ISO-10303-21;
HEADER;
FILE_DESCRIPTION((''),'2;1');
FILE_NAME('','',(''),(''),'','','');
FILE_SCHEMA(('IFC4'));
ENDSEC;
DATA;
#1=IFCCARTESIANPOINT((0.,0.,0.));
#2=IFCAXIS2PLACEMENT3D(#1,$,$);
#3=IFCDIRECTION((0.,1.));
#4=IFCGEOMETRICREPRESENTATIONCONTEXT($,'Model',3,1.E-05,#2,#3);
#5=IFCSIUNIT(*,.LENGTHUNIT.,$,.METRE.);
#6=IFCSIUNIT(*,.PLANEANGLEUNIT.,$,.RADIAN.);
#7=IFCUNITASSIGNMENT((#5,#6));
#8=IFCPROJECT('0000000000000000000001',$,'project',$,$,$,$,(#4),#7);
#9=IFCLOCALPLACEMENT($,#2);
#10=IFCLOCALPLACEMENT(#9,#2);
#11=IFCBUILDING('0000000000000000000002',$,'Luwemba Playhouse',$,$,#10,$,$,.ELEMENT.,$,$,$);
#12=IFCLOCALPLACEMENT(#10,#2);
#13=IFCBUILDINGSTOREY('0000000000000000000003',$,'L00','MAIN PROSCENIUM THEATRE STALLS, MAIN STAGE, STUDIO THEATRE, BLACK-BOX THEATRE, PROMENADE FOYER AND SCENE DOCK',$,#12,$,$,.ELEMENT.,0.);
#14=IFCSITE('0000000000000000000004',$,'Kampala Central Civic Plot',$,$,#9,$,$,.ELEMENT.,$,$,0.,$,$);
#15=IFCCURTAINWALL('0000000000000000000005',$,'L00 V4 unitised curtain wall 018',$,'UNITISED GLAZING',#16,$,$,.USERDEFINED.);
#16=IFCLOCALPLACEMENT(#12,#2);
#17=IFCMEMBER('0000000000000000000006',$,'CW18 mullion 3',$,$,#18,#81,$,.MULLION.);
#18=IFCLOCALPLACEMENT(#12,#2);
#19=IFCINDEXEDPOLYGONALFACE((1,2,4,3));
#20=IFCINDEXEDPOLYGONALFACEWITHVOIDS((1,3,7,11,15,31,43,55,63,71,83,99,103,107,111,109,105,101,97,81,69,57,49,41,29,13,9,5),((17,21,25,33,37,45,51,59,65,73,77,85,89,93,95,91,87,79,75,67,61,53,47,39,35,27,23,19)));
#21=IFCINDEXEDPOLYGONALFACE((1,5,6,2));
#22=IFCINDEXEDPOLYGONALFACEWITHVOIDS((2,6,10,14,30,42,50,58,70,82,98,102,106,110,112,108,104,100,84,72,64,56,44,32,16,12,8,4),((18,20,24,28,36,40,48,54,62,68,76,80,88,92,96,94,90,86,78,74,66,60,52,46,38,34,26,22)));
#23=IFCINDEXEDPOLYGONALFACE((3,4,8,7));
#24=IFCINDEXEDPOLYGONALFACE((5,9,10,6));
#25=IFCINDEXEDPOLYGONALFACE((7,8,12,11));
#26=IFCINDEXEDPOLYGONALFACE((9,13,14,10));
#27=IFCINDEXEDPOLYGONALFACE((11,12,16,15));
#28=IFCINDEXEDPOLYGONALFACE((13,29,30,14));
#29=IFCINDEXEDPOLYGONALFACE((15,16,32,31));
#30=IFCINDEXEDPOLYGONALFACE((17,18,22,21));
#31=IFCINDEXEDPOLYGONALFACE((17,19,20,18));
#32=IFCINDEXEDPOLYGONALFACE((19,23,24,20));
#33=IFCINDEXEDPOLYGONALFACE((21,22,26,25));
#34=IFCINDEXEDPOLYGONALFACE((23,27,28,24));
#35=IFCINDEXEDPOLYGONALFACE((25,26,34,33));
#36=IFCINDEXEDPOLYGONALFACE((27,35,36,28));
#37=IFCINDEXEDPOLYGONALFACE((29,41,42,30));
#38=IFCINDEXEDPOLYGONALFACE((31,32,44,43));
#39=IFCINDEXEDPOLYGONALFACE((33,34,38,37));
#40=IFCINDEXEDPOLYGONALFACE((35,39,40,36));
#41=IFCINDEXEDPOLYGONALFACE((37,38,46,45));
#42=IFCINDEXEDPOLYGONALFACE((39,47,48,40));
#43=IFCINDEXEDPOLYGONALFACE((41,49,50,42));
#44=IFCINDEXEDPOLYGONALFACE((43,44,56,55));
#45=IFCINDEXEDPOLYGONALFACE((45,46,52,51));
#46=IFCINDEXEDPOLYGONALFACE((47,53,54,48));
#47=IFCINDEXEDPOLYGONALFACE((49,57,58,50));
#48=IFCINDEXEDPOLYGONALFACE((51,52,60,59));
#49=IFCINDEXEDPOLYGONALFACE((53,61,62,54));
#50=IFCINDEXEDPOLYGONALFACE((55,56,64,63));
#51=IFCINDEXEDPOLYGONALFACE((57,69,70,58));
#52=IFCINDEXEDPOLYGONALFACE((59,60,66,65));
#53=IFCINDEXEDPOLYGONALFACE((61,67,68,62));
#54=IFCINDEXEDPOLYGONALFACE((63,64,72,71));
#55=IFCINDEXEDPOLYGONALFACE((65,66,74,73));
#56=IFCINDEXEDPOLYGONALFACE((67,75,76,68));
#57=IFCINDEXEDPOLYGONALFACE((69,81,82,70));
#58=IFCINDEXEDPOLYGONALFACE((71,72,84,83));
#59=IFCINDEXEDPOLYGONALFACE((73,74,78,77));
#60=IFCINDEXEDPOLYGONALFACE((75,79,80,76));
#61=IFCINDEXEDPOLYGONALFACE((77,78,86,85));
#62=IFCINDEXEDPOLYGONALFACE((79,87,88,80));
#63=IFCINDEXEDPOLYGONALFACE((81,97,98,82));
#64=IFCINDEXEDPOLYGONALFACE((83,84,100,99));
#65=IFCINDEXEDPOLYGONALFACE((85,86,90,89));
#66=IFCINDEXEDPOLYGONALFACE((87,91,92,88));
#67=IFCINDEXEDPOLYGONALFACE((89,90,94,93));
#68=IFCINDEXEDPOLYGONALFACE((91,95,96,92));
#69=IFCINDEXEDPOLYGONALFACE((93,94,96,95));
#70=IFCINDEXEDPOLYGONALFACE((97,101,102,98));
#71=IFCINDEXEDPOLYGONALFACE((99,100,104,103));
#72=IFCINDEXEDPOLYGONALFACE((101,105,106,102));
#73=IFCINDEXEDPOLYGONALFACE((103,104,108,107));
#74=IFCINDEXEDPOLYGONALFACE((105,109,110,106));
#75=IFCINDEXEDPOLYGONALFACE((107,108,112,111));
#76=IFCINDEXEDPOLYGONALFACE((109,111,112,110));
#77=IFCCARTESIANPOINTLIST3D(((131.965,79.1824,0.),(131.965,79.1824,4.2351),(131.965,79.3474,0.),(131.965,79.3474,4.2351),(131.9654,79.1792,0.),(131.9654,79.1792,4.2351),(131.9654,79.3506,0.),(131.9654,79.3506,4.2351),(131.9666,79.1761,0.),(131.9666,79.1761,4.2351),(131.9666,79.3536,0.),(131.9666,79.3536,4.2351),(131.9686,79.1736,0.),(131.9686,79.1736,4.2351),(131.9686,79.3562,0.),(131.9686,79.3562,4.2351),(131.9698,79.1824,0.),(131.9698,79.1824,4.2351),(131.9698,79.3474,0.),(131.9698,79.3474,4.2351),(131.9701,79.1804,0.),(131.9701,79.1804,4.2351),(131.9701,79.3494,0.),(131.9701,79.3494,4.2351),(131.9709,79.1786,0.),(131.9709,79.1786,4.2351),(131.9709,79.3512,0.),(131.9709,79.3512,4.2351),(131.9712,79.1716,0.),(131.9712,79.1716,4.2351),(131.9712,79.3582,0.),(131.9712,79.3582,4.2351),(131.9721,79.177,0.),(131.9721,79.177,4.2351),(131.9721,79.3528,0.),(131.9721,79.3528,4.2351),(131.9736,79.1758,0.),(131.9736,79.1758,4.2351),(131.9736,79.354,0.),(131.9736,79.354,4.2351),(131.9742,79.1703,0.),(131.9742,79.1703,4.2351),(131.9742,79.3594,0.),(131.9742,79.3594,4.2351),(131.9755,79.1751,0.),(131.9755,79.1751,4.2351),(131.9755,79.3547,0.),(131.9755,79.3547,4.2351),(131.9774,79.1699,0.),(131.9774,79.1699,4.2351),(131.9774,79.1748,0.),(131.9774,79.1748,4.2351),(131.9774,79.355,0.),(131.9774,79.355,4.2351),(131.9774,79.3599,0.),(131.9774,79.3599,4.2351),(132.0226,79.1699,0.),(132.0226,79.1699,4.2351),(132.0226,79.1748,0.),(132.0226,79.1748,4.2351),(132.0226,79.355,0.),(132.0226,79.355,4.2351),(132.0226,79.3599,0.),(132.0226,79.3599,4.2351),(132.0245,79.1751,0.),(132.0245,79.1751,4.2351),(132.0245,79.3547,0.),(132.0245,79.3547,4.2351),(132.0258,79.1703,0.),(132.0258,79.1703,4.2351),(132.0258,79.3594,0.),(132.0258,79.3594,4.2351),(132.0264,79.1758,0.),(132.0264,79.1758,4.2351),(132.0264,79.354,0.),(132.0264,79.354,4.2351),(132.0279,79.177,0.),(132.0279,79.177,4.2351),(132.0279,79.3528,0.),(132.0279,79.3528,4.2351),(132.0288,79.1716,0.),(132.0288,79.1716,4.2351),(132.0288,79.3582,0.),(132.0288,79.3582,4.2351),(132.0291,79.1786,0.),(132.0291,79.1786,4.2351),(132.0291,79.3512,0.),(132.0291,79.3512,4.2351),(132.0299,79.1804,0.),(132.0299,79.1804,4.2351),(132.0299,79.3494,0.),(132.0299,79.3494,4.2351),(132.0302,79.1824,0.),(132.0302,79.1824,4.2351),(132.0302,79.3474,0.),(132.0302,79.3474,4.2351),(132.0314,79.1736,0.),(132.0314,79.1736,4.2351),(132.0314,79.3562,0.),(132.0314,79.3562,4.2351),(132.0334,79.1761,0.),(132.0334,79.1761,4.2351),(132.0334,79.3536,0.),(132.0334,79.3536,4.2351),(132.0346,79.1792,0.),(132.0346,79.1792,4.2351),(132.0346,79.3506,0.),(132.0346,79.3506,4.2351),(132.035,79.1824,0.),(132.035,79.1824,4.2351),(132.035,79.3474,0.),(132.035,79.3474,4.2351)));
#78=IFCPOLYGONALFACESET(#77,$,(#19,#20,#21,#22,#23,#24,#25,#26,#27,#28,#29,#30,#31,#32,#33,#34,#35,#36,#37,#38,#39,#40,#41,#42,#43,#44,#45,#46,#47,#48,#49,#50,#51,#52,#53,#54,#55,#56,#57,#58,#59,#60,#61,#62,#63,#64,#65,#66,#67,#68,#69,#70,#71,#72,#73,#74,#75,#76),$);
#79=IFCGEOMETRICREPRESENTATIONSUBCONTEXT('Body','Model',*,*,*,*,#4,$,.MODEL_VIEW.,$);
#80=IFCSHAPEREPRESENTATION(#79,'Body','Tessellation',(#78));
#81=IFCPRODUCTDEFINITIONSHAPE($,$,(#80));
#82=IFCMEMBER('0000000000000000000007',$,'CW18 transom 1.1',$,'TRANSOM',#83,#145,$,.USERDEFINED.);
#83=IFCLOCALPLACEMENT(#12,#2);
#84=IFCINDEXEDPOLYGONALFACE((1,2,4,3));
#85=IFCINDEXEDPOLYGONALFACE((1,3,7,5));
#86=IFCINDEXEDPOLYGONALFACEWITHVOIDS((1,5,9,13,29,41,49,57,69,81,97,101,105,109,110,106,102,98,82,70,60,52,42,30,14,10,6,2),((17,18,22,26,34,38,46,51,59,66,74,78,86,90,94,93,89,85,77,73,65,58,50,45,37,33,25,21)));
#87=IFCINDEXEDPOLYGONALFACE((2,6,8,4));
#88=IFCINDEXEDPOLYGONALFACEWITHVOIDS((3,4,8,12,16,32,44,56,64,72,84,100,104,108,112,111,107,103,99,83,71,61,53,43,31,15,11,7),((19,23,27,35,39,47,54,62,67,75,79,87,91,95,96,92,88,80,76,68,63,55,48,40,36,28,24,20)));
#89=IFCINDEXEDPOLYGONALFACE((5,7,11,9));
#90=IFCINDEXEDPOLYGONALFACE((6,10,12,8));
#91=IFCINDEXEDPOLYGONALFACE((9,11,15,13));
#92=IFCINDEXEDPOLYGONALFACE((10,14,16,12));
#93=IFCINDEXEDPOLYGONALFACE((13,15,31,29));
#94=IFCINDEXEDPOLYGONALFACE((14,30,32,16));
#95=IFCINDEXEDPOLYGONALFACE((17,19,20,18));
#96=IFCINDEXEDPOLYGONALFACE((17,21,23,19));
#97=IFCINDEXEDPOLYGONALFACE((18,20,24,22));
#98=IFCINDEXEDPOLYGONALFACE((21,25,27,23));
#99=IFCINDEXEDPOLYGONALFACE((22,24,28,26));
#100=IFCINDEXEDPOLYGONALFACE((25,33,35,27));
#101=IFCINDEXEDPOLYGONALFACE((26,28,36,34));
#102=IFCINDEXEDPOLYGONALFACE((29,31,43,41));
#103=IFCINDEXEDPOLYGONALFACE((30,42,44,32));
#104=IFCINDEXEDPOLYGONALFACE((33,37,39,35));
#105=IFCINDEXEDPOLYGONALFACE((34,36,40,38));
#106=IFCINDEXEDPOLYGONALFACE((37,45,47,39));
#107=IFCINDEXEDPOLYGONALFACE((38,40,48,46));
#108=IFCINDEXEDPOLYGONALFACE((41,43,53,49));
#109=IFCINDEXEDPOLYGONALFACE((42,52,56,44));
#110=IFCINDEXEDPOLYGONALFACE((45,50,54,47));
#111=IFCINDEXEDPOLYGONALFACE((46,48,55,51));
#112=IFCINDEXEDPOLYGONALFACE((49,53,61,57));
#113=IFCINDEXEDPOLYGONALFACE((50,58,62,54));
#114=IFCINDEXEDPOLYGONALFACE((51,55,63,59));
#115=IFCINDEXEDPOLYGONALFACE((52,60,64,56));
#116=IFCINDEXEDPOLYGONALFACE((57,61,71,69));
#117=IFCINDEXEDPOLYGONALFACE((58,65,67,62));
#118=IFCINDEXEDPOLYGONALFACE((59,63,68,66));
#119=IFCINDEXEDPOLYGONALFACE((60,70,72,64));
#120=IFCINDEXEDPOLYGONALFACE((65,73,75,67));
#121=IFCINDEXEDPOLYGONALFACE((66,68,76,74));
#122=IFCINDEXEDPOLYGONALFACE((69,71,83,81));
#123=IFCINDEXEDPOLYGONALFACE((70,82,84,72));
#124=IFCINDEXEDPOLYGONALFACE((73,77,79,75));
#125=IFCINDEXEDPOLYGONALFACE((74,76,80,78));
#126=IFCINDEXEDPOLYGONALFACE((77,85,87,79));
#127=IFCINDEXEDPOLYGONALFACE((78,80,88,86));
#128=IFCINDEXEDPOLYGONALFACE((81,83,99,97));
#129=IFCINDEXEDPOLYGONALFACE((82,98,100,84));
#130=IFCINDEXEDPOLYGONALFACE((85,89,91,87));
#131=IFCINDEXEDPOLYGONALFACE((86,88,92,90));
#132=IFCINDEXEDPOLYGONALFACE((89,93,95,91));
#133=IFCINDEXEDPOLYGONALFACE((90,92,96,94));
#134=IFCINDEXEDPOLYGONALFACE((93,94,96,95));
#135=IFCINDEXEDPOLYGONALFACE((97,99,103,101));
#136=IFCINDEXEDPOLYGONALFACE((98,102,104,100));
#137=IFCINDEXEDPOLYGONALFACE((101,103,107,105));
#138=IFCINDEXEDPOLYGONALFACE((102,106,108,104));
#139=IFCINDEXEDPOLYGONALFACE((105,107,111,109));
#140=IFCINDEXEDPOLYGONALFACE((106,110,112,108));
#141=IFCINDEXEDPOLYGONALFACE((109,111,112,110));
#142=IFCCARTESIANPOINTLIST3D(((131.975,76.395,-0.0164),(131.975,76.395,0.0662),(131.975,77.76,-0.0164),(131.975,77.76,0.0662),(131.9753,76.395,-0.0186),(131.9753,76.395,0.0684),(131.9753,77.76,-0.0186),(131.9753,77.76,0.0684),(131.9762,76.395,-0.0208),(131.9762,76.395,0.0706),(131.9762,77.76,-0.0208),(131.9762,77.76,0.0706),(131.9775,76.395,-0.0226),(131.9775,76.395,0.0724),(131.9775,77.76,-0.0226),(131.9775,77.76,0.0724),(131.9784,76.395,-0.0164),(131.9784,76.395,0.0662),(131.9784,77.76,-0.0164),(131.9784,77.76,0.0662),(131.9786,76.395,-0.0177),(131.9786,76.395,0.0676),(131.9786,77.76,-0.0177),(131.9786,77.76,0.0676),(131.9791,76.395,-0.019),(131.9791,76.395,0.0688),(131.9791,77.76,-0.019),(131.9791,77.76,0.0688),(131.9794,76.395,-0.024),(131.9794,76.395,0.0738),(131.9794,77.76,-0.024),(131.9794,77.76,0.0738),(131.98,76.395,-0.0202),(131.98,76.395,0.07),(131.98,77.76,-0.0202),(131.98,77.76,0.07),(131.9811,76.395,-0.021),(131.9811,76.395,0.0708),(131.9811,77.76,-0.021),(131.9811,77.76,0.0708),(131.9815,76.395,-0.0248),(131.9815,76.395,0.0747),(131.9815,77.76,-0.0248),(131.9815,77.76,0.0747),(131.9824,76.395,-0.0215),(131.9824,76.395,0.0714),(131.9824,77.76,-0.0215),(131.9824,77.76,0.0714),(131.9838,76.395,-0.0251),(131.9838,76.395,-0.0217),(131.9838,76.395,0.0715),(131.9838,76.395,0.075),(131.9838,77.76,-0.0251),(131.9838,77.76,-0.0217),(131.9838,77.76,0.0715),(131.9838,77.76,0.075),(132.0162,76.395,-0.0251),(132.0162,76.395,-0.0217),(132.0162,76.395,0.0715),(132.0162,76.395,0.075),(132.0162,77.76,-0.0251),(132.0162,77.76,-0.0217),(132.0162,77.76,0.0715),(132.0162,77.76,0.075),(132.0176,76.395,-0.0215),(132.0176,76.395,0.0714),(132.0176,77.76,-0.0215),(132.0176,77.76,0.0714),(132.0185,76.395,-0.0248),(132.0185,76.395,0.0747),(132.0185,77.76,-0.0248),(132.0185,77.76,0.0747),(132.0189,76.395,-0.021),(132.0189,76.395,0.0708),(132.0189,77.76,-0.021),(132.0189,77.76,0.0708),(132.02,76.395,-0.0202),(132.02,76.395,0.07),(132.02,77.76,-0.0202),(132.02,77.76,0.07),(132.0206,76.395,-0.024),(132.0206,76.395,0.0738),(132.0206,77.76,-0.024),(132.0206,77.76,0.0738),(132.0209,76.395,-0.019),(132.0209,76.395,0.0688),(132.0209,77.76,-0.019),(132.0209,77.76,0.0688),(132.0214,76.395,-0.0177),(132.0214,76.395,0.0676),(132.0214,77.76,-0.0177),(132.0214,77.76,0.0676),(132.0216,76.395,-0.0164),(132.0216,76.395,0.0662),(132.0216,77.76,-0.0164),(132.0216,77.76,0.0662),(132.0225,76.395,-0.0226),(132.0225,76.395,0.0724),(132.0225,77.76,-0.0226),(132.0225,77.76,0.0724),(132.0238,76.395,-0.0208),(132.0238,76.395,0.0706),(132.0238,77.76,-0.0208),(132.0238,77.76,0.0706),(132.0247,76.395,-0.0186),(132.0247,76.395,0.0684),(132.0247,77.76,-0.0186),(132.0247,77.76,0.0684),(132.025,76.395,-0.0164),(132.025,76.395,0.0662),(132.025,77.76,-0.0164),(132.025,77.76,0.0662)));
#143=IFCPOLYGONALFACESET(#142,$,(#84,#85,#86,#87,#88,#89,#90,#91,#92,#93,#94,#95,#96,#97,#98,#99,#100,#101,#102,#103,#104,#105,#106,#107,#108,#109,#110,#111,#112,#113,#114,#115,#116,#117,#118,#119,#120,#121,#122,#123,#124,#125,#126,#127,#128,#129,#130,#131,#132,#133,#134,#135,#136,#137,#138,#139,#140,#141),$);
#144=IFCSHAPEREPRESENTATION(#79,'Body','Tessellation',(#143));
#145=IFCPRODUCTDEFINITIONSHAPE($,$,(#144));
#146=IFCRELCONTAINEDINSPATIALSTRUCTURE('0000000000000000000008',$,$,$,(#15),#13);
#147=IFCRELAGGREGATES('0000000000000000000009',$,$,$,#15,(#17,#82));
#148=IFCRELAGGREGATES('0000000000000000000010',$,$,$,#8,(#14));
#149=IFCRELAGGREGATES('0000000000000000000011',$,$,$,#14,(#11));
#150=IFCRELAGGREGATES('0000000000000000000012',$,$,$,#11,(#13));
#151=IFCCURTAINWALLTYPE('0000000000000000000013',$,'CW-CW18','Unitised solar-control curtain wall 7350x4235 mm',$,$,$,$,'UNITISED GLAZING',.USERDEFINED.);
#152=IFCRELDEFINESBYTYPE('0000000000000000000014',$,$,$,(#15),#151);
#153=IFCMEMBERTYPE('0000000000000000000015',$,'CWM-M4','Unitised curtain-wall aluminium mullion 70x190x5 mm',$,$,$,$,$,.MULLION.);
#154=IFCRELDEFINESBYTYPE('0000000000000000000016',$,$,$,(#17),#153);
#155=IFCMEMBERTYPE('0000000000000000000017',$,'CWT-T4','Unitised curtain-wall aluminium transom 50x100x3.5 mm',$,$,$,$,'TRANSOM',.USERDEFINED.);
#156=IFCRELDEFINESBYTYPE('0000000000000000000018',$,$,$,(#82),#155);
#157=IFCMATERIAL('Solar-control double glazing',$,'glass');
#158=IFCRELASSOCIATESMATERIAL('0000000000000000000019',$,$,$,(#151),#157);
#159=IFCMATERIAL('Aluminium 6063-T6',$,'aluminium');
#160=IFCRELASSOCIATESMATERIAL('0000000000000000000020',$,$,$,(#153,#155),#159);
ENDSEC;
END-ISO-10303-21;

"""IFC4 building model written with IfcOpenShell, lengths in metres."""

from ifc_helpers import new_model, si_unit, direction, frame, origin, origin_2d, place, context, subcontext, project, spatial, hollow_rectangle, extrude, material, material_profile, profile_set, type_object, element, aggregate, save


model = new_model("IFC4")

# Units and contexts
model_context = context("Model", 3, precision=1e-05, world=origin(), true_north=direction((0.0, 1.0)))
body_context = subcontext(model_context, "Body", "Model", "MODEL_VIEW")
ifc_project = project(units=[si_unit("LENGTHUNIT", "METRE"), si_unit("PLANEANGLEUNIT", "RADIAN")], contexts=[model_context])

# Site, building, storey
site_placement = place(None, origin())
site = spatial("IfcSite", under=ifc_project, at=site_placement, Name="Kampala Central Civic Plot", CompositionType="ELEMENT", RefElevation=0.0)
building_placement = place(site_placement, origin())
building = spatial("IfcBuilding", under=site, at=building_placement, Name="Luwemba Playhouse", CompositionType="ELEMENT")
storey_placement = place(building_placement, origin())
storey = spatial("IfcBuildingStorey", under=building, at=storey_placement, Name="L00", Description="MAIN PROSCENIUM THEATRE STALLS, MAIN STAGE, STUDIO THEATRE, BLACK-BOX THEATRE, PROMENADE FOYER AND SCENE DOCK", CompositionType="ELEMENT", Elevation=0.0)

# Curtain wall, members
ifc_material_1 = material(Name="Solar-control double glazing", Category="glass")
curtain_wall_type = type_object("IfcCurtainWallType", Name="CW-CW18", Description="Unitised solar-control curtain wall 7350x4235 mm", ElementType="UNITISED GLAZING", PredefinedType="USERDEFINED", material=ifc_material_1)
curtain_wall_placement = place(storey_placement, origin())
curtain_wall = element("IfcCurtainWall", 1, at=curtain_wall_placement, inside=storey, type_object=curtain_wall_type, Name="L00 V4 unitised curtain wall 018", ObjectType="UNITISED GLAZING", PredefinedType="USERDEFINED")
ifc_material_2 = material(Name="Aluminium 6063-T6", Category="aluminium")
ifc_material_profile_1 = material_profile(ifc_material_2, hollow_rectangle(XDim=0.0701, YDim=0.1899, WallThickness=0.0049, InnerFilletRadius=0.0076, OuterFilletRadius=0.0125, at=origin_2d()))
ifc_profile_set_1 = profile_set([ifc_material_profile_1], Name="Aluminium 6063-T6")
member_type_1 = type_object("IfcMemberType", Name="CWM-M4", Description="Unitised curtain-wall aluminium mullion 70x190x5 mm", PredefinedType="MULLION", material=ifc_profile_set_1)
member_1_placement = place(storey_placement, frame((132.0, 79.2649, 0.0), z_axis=(0.0, 0.0, 1.0), x_axis=(-1.0, 0.0, 0.0)))
member_1 = element("IfcMember", 2, at=member_1_placement, type_object=member_type_1, Name="CW18 mullion 3", PredefinedType="MULLION", context=body_context, shape_type="SweptSolid", body=[
    extrude(hollow_rectangle(XDim=0.0701, YDim=0.1899, WallThickness=0.0049, InnerFilletRadius=0.0076, OuterFilletRadius=0.0125, at=origin_2d()), origin(), (0.0, 0.0, 1.0), 4.2351),
])
ifc_material_profile_2 = material_profile(ifc_material_2, hollow_rectangle(XDim=0.05, YDim=0.1001, WallThickness=0.0034, InnerFilletRadius=0.0054, OuterFilletRadius=0.0088, at=origin_2d()))
ifc_profile_set_2 = profile_set([ifc_material_profile_2], Name="Aluminium 6063-T6")
member_type_2 = type_object("IfcMemberType", Name="CWT-T4", Description="Unitised curtain-wall aluminium transom 50x100x3.5 mm", ElementType="TRANSOM", PredefinedType="USERDEFINED", material=ifc_profile_set_2)
member_2_placement = place(storey_placement, frame((132.0, 76.395, 0.0249), z_axis=(0.0, 1.0, 0.0), x_axis=(-1.0, 0.0, 0.0)))
member_2 = element("IfcMember", 3, at=member_2_placement, type_object=member_type_2, Name="CW18 transom 1.1", ObjectType="TRANSOM", PredefinedType="USERDEFINED", context=body_context, shape_type="SweptSolid", body=[
    extrude(hollow_rectangle(XDim=0.05, YDim=0.1001, WallThickness=0.0034, InnerFilletRadius=0.0054, OuterFilletRadius=0.0088, at=origin_2d()), origin(), (0.0, 0.0, 1.0), 1.365),
])
aggregate(curtain_wall, [member_1, member_2])

save(model, "model.ifc")
